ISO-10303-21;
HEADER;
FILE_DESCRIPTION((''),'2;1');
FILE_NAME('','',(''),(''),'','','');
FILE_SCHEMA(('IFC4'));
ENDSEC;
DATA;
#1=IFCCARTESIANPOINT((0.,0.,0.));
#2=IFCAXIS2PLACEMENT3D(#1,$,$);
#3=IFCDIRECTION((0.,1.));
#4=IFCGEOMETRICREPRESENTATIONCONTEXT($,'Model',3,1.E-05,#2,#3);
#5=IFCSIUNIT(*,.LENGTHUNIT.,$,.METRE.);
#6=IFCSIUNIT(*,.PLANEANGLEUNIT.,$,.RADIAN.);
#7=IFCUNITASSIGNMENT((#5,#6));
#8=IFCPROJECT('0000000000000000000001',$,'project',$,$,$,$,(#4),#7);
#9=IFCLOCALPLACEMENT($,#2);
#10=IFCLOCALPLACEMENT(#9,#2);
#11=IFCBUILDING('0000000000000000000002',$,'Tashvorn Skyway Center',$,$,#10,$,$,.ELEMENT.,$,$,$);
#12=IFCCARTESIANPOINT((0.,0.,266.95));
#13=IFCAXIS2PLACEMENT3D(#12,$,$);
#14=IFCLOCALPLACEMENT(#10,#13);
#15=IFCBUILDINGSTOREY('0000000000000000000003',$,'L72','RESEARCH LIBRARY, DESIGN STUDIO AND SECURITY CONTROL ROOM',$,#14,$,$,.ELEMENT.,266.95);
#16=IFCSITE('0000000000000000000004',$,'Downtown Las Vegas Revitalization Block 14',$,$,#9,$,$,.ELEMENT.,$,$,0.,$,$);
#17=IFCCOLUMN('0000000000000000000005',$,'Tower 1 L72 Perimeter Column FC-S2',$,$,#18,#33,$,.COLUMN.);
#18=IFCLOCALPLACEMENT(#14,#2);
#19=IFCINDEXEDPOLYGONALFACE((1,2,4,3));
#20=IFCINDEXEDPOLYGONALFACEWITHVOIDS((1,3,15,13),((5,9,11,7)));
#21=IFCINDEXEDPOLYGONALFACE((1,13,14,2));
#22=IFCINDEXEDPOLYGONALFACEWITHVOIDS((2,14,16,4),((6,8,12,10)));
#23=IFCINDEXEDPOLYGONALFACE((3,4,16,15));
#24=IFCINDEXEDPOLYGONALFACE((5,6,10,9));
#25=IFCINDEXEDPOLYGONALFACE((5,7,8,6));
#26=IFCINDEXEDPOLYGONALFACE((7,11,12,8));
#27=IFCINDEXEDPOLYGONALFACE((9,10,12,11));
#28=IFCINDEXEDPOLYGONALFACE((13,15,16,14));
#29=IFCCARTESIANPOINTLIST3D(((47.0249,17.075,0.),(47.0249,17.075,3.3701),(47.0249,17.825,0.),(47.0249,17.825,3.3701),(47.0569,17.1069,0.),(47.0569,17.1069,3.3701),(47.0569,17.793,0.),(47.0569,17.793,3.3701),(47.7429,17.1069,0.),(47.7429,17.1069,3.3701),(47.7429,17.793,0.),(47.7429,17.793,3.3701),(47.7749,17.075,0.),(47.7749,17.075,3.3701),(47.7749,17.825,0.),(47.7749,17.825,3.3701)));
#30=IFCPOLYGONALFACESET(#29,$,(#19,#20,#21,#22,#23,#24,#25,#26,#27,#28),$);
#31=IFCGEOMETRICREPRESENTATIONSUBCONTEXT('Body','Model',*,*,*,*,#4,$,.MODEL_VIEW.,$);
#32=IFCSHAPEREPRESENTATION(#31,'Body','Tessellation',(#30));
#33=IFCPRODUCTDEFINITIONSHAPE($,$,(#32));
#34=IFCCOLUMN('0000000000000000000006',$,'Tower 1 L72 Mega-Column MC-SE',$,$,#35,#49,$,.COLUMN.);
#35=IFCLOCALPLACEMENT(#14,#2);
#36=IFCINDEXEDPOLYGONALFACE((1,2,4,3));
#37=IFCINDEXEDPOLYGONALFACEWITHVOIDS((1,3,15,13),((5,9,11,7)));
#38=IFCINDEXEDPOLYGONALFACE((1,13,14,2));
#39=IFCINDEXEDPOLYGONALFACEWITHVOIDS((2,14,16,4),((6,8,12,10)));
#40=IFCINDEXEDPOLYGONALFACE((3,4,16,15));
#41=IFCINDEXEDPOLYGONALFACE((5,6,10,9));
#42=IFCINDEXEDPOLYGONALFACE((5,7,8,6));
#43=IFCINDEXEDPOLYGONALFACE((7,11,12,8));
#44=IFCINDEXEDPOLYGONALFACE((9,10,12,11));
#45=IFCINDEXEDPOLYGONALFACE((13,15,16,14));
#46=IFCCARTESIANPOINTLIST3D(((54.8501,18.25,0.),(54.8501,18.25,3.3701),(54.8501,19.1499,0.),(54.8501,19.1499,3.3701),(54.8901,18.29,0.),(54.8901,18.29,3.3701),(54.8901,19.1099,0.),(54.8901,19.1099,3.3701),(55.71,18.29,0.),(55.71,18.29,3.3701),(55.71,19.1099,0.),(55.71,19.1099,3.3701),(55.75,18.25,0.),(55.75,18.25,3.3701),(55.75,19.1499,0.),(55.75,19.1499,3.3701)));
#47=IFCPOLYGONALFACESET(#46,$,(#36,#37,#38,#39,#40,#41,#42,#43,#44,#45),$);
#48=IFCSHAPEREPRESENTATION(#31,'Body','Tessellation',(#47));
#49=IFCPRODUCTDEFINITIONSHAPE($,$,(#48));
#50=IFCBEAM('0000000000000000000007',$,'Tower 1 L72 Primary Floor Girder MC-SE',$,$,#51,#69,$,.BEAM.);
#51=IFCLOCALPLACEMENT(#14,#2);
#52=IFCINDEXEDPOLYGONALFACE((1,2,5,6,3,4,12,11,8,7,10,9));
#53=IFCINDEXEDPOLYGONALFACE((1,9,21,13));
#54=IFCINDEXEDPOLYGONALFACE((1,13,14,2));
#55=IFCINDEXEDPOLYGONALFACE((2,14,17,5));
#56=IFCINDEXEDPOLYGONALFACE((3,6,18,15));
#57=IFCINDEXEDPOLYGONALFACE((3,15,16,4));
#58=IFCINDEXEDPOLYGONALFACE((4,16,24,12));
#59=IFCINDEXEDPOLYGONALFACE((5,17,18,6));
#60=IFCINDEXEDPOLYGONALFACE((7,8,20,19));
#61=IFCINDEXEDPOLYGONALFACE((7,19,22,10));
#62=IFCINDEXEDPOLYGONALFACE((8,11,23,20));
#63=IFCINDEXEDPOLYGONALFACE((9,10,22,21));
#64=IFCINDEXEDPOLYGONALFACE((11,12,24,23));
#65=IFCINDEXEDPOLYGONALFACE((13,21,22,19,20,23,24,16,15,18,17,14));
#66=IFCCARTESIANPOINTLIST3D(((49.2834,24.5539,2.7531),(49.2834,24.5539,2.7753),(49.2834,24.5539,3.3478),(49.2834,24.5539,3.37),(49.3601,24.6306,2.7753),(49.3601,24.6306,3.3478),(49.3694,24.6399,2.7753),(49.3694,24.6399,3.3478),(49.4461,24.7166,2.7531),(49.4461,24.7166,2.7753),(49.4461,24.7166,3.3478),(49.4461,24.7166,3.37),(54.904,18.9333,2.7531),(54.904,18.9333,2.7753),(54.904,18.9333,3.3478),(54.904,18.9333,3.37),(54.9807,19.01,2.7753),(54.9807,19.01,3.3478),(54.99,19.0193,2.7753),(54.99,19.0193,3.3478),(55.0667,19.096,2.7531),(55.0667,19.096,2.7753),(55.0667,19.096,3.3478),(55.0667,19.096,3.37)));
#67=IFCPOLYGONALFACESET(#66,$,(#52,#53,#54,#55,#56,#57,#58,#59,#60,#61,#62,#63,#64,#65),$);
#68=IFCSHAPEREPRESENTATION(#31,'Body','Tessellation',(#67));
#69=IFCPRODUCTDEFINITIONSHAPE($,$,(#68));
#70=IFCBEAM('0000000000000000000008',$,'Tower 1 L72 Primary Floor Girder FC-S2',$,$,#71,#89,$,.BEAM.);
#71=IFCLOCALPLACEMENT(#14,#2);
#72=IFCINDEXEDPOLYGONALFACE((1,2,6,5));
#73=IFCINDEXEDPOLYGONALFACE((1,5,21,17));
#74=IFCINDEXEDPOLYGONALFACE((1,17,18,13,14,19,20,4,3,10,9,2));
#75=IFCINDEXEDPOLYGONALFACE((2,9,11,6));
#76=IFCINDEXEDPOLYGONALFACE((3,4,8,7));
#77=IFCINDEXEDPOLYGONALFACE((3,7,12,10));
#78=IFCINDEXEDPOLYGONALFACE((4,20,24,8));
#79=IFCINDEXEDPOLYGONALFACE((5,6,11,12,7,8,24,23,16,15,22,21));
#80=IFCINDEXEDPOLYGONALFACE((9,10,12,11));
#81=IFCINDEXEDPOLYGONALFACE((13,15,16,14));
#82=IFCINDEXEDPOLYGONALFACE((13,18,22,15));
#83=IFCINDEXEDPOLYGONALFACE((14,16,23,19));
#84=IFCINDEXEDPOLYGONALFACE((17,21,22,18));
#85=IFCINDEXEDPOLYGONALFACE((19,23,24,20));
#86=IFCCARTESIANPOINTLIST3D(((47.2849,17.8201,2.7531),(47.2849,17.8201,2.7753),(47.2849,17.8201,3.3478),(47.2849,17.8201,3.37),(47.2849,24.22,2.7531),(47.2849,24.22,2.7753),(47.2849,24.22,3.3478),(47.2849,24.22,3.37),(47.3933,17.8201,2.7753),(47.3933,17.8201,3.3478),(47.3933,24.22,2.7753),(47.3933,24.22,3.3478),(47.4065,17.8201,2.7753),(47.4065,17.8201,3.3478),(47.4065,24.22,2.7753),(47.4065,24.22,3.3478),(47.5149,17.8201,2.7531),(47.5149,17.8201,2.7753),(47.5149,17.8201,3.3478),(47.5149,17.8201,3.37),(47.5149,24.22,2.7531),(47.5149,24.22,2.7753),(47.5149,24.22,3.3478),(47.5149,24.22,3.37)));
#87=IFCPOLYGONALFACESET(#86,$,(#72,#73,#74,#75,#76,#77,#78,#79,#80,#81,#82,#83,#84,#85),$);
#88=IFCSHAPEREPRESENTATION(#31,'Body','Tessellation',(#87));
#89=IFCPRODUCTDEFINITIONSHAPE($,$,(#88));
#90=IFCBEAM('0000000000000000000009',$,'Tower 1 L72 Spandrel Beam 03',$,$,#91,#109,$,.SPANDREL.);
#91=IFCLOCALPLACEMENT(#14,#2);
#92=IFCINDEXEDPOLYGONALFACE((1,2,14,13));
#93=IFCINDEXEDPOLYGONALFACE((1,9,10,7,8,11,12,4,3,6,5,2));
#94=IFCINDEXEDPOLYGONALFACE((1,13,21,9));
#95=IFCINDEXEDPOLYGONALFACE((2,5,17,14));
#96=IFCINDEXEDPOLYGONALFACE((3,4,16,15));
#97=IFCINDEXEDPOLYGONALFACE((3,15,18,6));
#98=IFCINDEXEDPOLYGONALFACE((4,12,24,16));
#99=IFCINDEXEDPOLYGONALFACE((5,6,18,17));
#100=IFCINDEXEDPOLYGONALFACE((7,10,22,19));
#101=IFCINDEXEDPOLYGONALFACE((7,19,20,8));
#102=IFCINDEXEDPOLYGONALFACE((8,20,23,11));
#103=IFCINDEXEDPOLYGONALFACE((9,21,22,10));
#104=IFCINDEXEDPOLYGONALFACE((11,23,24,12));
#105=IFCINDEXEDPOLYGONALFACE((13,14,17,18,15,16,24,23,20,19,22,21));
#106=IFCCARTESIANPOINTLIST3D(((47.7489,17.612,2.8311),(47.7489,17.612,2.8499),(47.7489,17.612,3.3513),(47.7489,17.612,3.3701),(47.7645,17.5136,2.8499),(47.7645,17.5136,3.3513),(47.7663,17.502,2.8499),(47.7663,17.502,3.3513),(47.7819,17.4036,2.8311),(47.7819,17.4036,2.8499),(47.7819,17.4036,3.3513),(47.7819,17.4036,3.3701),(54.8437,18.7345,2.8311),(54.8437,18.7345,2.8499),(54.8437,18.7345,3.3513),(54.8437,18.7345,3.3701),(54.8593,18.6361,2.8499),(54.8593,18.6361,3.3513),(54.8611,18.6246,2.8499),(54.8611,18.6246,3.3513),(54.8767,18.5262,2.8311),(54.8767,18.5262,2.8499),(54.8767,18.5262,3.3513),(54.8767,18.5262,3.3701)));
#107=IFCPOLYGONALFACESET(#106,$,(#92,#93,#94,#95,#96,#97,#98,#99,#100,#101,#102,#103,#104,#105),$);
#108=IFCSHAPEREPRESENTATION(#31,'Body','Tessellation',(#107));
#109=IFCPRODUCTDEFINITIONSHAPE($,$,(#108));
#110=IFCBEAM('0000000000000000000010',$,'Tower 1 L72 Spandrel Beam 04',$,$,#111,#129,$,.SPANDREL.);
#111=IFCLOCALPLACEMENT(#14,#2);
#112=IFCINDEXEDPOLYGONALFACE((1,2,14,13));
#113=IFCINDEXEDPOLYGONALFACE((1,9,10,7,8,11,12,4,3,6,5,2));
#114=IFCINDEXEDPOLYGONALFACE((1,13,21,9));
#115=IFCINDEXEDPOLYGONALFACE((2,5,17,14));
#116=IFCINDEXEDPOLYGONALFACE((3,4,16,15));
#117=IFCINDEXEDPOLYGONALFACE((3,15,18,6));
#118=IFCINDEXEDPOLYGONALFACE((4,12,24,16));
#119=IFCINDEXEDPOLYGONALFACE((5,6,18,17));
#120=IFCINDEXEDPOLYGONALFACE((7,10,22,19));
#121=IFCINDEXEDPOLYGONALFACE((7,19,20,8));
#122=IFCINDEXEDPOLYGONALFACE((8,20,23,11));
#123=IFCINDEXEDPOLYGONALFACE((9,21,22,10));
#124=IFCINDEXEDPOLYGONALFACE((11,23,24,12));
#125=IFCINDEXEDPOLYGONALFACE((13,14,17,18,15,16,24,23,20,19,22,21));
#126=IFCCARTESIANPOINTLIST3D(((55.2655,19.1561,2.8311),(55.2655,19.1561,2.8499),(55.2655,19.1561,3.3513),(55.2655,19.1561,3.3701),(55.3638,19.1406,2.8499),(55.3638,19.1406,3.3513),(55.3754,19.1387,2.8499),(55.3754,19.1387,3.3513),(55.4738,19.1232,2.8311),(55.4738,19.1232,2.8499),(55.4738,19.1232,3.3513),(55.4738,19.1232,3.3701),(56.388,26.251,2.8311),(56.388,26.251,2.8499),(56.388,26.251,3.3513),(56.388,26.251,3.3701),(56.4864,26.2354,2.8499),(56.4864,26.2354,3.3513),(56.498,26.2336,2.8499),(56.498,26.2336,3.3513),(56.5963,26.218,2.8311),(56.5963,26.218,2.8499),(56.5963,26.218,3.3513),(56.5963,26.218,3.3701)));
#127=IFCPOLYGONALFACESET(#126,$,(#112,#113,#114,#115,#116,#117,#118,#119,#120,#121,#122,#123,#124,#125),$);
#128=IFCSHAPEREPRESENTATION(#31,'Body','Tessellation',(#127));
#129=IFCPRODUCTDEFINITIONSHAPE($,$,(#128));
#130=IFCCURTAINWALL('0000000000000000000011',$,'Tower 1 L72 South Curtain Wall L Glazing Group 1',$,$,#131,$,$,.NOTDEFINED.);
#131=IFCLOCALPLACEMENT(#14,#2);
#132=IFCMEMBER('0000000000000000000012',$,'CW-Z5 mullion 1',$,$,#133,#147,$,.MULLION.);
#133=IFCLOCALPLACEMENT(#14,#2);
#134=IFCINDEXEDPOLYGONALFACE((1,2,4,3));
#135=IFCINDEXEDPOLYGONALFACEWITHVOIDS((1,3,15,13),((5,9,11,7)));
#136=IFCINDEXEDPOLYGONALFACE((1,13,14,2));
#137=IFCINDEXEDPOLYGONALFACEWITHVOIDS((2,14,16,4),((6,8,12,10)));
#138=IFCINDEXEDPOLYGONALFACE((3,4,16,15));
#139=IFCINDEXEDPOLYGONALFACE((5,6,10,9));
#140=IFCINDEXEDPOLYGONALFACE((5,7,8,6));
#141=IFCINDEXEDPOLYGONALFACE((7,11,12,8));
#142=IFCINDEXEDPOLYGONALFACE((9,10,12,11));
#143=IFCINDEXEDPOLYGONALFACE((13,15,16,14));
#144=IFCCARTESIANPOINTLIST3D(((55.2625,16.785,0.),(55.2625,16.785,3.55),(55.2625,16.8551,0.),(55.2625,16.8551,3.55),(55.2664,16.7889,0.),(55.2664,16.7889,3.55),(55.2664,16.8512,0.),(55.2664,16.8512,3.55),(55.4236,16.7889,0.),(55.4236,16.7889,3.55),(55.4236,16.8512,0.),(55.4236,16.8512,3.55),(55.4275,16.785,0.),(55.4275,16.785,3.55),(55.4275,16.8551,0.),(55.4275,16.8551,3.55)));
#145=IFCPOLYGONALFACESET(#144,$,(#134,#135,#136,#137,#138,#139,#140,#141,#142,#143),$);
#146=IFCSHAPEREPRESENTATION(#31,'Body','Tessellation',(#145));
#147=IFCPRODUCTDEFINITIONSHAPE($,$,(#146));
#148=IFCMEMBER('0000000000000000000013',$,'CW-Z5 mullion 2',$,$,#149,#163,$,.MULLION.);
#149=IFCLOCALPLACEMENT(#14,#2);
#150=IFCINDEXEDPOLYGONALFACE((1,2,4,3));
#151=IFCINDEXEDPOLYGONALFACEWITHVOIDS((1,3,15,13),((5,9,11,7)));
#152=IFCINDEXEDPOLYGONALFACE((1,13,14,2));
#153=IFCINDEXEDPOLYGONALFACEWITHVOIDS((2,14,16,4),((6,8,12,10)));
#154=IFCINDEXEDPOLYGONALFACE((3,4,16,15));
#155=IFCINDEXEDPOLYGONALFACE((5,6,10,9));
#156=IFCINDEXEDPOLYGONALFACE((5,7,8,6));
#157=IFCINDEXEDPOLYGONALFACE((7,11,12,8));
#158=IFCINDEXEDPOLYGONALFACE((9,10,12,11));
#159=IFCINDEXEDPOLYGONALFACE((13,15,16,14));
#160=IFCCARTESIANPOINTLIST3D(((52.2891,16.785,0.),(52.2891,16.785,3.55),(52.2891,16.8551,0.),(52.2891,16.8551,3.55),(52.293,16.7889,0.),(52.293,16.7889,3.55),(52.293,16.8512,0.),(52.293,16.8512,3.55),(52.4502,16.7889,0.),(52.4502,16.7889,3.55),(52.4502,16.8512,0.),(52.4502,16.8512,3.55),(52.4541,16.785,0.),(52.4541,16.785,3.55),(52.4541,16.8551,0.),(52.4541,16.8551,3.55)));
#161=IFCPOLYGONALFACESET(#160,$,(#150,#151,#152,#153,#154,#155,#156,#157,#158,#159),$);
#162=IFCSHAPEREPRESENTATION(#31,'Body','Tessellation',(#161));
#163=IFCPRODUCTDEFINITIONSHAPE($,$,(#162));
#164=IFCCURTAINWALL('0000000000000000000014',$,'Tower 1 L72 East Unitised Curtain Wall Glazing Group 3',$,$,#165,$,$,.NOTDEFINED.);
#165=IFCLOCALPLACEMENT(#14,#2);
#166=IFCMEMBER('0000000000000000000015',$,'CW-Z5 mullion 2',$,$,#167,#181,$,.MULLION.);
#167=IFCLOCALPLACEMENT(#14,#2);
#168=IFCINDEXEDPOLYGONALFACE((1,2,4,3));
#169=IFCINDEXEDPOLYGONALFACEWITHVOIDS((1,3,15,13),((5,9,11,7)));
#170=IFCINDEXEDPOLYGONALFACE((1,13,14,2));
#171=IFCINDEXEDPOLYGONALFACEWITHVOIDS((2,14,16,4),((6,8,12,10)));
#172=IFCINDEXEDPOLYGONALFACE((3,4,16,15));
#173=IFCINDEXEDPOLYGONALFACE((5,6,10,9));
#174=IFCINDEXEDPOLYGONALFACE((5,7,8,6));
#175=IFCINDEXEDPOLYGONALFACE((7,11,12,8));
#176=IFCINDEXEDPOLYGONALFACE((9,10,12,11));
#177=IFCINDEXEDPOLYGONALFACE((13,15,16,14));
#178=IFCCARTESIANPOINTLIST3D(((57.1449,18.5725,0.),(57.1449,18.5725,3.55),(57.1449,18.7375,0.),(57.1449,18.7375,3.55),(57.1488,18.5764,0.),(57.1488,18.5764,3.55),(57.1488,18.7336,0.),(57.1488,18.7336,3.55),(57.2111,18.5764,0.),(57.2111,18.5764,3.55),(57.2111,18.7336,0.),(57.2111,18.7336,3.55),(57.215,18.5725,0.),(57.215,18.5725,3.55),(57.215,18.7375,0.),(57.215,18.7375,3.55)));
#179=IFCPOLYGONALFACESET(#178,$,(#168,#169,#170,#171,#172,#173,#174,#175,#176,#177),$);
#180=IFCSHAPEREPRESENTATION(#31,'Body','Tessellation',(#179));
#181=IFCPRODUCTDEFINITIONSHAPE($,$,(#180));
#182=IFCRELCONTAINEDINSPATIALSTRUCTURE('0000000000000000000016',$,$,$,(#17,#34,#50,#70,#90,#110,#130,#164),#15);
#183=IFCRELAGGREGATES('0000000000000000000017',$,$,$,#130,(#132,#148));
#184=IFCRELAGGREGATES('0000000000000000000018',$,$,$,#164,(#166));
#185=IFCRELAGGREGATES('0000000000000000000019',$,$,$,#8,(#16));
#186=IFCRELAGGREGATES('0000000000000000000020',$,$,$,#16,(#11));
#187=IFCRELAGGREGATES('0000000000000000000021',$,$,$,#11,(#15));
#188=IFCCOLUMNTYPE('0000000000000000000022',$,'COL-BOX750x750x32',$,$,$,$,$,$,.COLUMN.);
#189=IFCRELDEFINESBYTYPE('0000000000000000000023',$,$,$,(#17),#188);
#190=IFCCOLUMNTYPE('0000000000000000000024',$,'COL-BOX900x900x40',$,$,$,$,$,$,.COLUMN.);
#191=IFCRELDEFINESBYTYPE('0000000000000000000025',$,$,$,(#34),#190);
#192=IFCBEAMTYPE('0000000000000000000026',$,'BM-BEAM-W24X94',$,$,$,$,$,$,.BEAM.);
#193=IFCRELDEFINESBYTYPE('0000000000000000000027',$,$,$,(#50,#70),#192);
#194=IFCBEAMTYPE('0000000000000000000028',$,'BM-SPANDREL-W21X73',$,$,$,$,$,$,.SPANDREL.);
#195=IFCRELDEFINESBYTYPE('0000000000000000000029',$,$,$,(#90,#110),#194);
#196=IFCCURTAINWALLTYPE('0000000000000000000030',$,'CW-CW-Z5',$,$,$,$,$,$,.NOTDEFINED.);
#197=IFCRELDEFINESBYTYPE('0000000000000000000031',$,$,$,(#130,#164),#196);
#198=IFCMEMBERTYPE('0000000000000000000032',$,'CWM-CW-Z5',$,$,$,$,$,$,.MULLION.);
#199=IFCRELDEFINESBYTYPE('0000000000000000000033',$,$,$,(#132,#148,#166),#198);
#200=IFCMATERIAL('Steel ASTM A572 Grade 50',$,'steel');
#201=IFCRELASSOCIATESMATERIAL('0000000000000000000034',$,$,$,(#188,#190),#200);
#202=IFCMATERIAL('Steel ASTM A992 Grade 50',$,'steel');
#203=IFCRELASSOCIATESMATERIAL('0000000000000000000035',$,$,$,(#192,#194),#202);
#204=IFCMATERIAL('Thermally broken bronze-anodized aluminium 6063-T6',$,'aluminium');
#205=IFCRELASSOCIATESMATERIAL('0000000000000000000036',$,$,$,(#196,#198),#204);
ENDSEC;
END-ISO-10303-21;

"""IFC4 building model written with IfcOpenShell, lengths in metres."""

from ifc_helpers import new_model, si_unit, direction, frame, origin, origin_2d, place, context, subcontext, project, spatial, hollow_rectangle, i_section, extrude, material, material_profile, profile_set, type_object, element, aggregate, save


model = new_model("IFC4")

# Units and contexts
model_context = context("Model", 3, precision=1e-05, world=origin(), true_north=direction((0.0, 1.0)))
body_context = subcontext(model_context, "Body", "Model", "MODEL_VIEW")
ifc_project = project(units=[si_unit("LENGTHUNIT", "METRE"), si_unit("PLANEANGLEUNIT", "RADIAN")], contexts=[model_context])

# Site, building, storey
site_placement = place(None, origin())
site = spatial("IfcSite", under=ifc_project, at=site_placement, Name="Downtown Las Vegas Revitalization Block 14", CompositionType="ELEMENT", RefElevation=0.0)
building_placement = place(site_placement, origin())
building = spatial("IfcBuilding", under=site, at=building_placement, Name="Tashvorn Skyway Center", CompositionType="ELEMENT")
storey_placement = place(building_placement, frame((0.0, 0.0, 266.95)))
storey = spatial("IfcBuildingStorey", under=building, at=storey_placement, Name="L72", Description="RESEARCH LIBRARY, DESIGN STUDIO AND SECURITY CONTROL ROOM", CompositionType="ELEMENT", Elevation=266.95)

# Columns
ifc_material_1 = material(Name="Steel ASTM A572 Grade 50", Category="steel")
ifc_material_profile_1 = material_profile(ifc_material_1, hollow_rectangle(XDim=0.75, YDim=0.75, WallThickness=0.032, at=origin_2d()), Name="BOX750x750x32")
ifc_profile_set_1 = profile_set([ifc_material_profile_1], Name="Steel ASTM A572 Grade 50")
column_type_1 = type_object("IfcColumnType", Name="COL-BOX750x750x32", PredefinedType="COLUMN", material=ifc_profile_set_1)
column_1_placement = place(storey_placement, frame((47.3999, 17.45, 0.0), z_axis=(0.0, 0.0, 1.0), x_axis=(1.0, 0.0, 0.0)))
element("IfcColumn", 1, at=column_1_placement, inside=storey, type_object=column_type_1, Name="Tower 1 L72 Perimeter Column FC-S2", PredefinedType="COLUMN", context=body_context, shape_type="SweptSolid", body=[
    extrude(hollow_rectangle(XDim=0.75, YDim=0.75, WallThickness=0.032, at=origin_2d()), origin(), (0.0, 0.0, 1.0), 3.3701),
])
ifc_material_profile_2 = material_profile(ifc_material_1, hollow_rectangle(XDim=0.8999, YDim=0.8999, WallThickness=0.04, at=origin_2d()), Name="BOX900x900x40")
ifc_profile_set_2 = profile_set([ifc_material_profile_2], Name="Steel ASTM A572 Grade 50")
column_type_2 = type_object("IfcColumnType", Name="COL-BOX900x900x40", PredefinedType="COLUMN", material=ifc_profile_set_2)
column_2_placement = place(storey_placement, frame((55.3, 18.7, 0.0), z_axis=(0.0, 0.0, 1.0), x_axis=(1.0, 0.0, 0.0)))
element("IfcColumn", 2, at=column_2_placement, inside=storey, type_object=column_type_2, Name="Tower 1 L72 Mega-Column MC-SE", PredefinedType="COLUMN", context=body_context, shape_type="SweptSolid", body=[
    extrude(hollow_rectangle(XDim=0.8999, YDim=0.8999, WallThickness=0.04, at=origin_2d()), origin(), (0.0, 0.0, 1.0), 3.3701),
])

# Beams
ifc_material_2 = material(Name="Steel ASTM A992 Grade 50", Category="steel")
ifc_material_profile_3 = material_profile(ifc_material_2, i_section(OverallWidth=0.23, OverallDepth=0.6169, WebThickness=0.0132, FlangeThickness=0.0222, at=origin_2d()), Name="W24X94")
ifc_profile_set_3 = profile_set([ifc_material_profile_3], Name="Steel ASTM A992 Grade 50")
beam_type_1 = type_object("IfcBeamType", Name="BM-BEAM-W24X94", PredefinedType="BEAM", material=ifc_profile_set_3)
beam_1_placement = place(storey_placement, frame((54.9854, 19.0146, 3.0615), z_axis=(-0.707107, 0.707107, 0.0), x_axis=(-0.707107, -0.707107, 0.0)))
element("IfcBeam", 3, at=beam_1_placement, inside=storey, type_object=beam_type_1, Name="Tower 1 L72 Primary Floor Girder MC-SE", PredefinedType="BEAM", context=body_context, shape_type="SweptSolid", body=[
    extrude(i_section(OverallWidth=0.23, OverallDepth=0.6169, WebThickness=0.0132, FlangeThickness=0.0222, at=origin_2d()), origin(), (0.0, 0.0, 1.0), 7.9487),
])
beam_2_placement = place(storey_placement, frame((47.3999, 17.8201, 3.0615), z_axis=(0.0, 1.0, 0.0), x_axis=(-1.0, 0.0, 0.0)))
element("IfcBeam", 4, at=beam_2_placement, inside=storey, type_object=beam_type_1, Name="Tower 1 L72 Primary Floor Girder FC-S2", PredefinedType="BEAM", context=body_context, shape_type="SweptSolid", body=[
    extrude(i_section(OverallWidth=0.23, OverallDepth=0.6169, WebThickness=0.0132, FlangeThickness=0.0222, at=origin_2d()), origin(), (0.0, 0.0, 1.0), 6.3999),
])
ifc_material_profile_4 = material_profile(ifc_material_2, i_section(OverallWidth=0.2109, OverallDepth=0.5391, WebThickness=0.0117, FlangeThickness=0.0188, at=origin_2d()), Name="W21X73")
ifc_profile_set_4 = profile_set([ifc_material_profile_4], Name="Steel ASTM A992 Grade 50")
beam_type_2 = type_object("IfcBeamType", Name="BM-SPANDREL-W21X73", PredefinedType="SPANDREL", material=ifc_profile_set_4)
for number, where, z_axis, x_axis, name in (
    (5, (47.7654, 17.5078, 3.1006), (0.987714, 0.156275, 0.0), (-0.156275, 0.987714, 0.0), "Tower 1 L72 Spandrel Beam 03"),
    (6, (55.3696, 19.1396, 3.1006), (0.156275, 0.987714, 0.0), (-0.987714, 0.156275, 0.0), "Tower 1 L72 Spandrel Beam 04"),
):
    element("IfcBeam", number, at=place(storey_placement, frame(where, z_axis=z_axis, x_axis=x_axis)), inside=storey, type_object=beam_type_2, Name=name, PredefinedType="SPANDREL", context=body_context, shape_type="SweptSolid", body=[
        extrude(i_section(OverallWidth=0.2109, OverallDepth=0.5391, WebThickness=0.0117, FlangeThickness=0.0188, at=origin_2d()), origin(), (0.0, 0.0, 1.0), 7.1831),
    ])

# Curtain wall, members
ifc_material_3 = material(Name="Thermally broken bronze-anodized aluminium 6063-T6", Category="aluminium")
curtain_wall_type = type_object("IfcCurtainWallType", Name="CW-CW-Z5", PredefinedType="NOTDEFINED", material=ifc_material_3)
curtain_wall_1_placement = place(storey_placement, origin())
curtain_wall_1 = element("IfcCurtainWall", 7, at=curtain_wall_1_placement, inside=storey, type_object=curtain_wall_type, Name="Tower 1 L72 South Curtain Wall L Glazing Group 1", PredefinedType="NOTDEFINED")
ifc_material_profile_5 = material_profile(ifc_material_3, hollow_rectangle(XDim=0.0701, YDim=0.165, WallThickness=0.0039, at=origin_2d()), Name="ALU-MULL-70x165")
ifc_profile_set_5 = profile_set([ifc_material_profile_5], Name="Thermally broken bronze-anodized aluminium 6063-T6")
member_type_1 = type_object("IfcMemberType", Name="CWM-CW-Z5", PredefinedType="MULLION", material=ifc_profile_set_5)
member_1_placement = place(storey_placement, frame((55.345, 16.8201, 0.0), z_axis=(0.0, 0.0, 1.0), x_axis=(0.0, -1.0, 0.0)))
member_1 = element("IfcMember", 8, at=member_1_placement, type_object=member_type_1, Name="CW-Z5 mullion 1", PredefinedType="MULLION", context=body_context, shape_type="SweptSolid", body=[
    extrude(hollow_rectangle(XDim=0.0701, YDim=0.165, WallThickness=0.0039, at=origin_2d()), origin(), (0.0, 0.0, 1.0), 3.55),
])
member_2_placement = place(storey_placement, frame((52.3716, 16.8201, 0.0), z_axis=(0.0, 0.0, 1.0), x_axis=(0.0, -1.0, 0.0)))
member_2 = element("IfcMember", 9, at=member_2_placement, type_object=member_type_1, Name="CW-Z5 mullion 2", PredefinedType="MULLION", context=body_context, shape_type="SweptSolid", body=[
    extrude(hollow_rectangle(XDim=0.0701, YDim=0.165, WallThickness=0.0039, at=origin_2d()), origin(), (0.0, 0.0, 1.0), 3.55),
])

# Curtain wall, member
curtain_wall_2_placement = place(storey_placement, origin())
curtain_wall_2 = element("IfcCurtainWall", 10, at=curtain_wall_2_placement, inside=storey, type_object=curtain_wall_type, Name="Tower 1 L72 East Unitised Curtain Wall Glazing Group 3", PredefinedType="NOTDEFINED")
member_3_placement = place(storey_placement, frame((57.1799, 18.655, 0.0), z_axis=(0.0, 0.0, 1.0), x_axis=(1.0, 0.0, 0.0)))
member_3 = element("IfcMember", 11, at=member_3_placement, type_object=member_type_1, Name="CW-Z5 mullion 2", PredefinedType="MULLION", context=body_context, shape_type="SweptSolid", body=[
    extrude(hollow_rectangle(XDim=0.0701, YDim=0.165, WallThickness=0.0039, at=origin_2d()), origin(), (0.0, 0.0, 1.0), 3.55),
])

aggregate(curtain_wall_1, [member_1, member_2])
aggregate(curtain_wall_2, [member_3])

save(model, "model.ifc")
